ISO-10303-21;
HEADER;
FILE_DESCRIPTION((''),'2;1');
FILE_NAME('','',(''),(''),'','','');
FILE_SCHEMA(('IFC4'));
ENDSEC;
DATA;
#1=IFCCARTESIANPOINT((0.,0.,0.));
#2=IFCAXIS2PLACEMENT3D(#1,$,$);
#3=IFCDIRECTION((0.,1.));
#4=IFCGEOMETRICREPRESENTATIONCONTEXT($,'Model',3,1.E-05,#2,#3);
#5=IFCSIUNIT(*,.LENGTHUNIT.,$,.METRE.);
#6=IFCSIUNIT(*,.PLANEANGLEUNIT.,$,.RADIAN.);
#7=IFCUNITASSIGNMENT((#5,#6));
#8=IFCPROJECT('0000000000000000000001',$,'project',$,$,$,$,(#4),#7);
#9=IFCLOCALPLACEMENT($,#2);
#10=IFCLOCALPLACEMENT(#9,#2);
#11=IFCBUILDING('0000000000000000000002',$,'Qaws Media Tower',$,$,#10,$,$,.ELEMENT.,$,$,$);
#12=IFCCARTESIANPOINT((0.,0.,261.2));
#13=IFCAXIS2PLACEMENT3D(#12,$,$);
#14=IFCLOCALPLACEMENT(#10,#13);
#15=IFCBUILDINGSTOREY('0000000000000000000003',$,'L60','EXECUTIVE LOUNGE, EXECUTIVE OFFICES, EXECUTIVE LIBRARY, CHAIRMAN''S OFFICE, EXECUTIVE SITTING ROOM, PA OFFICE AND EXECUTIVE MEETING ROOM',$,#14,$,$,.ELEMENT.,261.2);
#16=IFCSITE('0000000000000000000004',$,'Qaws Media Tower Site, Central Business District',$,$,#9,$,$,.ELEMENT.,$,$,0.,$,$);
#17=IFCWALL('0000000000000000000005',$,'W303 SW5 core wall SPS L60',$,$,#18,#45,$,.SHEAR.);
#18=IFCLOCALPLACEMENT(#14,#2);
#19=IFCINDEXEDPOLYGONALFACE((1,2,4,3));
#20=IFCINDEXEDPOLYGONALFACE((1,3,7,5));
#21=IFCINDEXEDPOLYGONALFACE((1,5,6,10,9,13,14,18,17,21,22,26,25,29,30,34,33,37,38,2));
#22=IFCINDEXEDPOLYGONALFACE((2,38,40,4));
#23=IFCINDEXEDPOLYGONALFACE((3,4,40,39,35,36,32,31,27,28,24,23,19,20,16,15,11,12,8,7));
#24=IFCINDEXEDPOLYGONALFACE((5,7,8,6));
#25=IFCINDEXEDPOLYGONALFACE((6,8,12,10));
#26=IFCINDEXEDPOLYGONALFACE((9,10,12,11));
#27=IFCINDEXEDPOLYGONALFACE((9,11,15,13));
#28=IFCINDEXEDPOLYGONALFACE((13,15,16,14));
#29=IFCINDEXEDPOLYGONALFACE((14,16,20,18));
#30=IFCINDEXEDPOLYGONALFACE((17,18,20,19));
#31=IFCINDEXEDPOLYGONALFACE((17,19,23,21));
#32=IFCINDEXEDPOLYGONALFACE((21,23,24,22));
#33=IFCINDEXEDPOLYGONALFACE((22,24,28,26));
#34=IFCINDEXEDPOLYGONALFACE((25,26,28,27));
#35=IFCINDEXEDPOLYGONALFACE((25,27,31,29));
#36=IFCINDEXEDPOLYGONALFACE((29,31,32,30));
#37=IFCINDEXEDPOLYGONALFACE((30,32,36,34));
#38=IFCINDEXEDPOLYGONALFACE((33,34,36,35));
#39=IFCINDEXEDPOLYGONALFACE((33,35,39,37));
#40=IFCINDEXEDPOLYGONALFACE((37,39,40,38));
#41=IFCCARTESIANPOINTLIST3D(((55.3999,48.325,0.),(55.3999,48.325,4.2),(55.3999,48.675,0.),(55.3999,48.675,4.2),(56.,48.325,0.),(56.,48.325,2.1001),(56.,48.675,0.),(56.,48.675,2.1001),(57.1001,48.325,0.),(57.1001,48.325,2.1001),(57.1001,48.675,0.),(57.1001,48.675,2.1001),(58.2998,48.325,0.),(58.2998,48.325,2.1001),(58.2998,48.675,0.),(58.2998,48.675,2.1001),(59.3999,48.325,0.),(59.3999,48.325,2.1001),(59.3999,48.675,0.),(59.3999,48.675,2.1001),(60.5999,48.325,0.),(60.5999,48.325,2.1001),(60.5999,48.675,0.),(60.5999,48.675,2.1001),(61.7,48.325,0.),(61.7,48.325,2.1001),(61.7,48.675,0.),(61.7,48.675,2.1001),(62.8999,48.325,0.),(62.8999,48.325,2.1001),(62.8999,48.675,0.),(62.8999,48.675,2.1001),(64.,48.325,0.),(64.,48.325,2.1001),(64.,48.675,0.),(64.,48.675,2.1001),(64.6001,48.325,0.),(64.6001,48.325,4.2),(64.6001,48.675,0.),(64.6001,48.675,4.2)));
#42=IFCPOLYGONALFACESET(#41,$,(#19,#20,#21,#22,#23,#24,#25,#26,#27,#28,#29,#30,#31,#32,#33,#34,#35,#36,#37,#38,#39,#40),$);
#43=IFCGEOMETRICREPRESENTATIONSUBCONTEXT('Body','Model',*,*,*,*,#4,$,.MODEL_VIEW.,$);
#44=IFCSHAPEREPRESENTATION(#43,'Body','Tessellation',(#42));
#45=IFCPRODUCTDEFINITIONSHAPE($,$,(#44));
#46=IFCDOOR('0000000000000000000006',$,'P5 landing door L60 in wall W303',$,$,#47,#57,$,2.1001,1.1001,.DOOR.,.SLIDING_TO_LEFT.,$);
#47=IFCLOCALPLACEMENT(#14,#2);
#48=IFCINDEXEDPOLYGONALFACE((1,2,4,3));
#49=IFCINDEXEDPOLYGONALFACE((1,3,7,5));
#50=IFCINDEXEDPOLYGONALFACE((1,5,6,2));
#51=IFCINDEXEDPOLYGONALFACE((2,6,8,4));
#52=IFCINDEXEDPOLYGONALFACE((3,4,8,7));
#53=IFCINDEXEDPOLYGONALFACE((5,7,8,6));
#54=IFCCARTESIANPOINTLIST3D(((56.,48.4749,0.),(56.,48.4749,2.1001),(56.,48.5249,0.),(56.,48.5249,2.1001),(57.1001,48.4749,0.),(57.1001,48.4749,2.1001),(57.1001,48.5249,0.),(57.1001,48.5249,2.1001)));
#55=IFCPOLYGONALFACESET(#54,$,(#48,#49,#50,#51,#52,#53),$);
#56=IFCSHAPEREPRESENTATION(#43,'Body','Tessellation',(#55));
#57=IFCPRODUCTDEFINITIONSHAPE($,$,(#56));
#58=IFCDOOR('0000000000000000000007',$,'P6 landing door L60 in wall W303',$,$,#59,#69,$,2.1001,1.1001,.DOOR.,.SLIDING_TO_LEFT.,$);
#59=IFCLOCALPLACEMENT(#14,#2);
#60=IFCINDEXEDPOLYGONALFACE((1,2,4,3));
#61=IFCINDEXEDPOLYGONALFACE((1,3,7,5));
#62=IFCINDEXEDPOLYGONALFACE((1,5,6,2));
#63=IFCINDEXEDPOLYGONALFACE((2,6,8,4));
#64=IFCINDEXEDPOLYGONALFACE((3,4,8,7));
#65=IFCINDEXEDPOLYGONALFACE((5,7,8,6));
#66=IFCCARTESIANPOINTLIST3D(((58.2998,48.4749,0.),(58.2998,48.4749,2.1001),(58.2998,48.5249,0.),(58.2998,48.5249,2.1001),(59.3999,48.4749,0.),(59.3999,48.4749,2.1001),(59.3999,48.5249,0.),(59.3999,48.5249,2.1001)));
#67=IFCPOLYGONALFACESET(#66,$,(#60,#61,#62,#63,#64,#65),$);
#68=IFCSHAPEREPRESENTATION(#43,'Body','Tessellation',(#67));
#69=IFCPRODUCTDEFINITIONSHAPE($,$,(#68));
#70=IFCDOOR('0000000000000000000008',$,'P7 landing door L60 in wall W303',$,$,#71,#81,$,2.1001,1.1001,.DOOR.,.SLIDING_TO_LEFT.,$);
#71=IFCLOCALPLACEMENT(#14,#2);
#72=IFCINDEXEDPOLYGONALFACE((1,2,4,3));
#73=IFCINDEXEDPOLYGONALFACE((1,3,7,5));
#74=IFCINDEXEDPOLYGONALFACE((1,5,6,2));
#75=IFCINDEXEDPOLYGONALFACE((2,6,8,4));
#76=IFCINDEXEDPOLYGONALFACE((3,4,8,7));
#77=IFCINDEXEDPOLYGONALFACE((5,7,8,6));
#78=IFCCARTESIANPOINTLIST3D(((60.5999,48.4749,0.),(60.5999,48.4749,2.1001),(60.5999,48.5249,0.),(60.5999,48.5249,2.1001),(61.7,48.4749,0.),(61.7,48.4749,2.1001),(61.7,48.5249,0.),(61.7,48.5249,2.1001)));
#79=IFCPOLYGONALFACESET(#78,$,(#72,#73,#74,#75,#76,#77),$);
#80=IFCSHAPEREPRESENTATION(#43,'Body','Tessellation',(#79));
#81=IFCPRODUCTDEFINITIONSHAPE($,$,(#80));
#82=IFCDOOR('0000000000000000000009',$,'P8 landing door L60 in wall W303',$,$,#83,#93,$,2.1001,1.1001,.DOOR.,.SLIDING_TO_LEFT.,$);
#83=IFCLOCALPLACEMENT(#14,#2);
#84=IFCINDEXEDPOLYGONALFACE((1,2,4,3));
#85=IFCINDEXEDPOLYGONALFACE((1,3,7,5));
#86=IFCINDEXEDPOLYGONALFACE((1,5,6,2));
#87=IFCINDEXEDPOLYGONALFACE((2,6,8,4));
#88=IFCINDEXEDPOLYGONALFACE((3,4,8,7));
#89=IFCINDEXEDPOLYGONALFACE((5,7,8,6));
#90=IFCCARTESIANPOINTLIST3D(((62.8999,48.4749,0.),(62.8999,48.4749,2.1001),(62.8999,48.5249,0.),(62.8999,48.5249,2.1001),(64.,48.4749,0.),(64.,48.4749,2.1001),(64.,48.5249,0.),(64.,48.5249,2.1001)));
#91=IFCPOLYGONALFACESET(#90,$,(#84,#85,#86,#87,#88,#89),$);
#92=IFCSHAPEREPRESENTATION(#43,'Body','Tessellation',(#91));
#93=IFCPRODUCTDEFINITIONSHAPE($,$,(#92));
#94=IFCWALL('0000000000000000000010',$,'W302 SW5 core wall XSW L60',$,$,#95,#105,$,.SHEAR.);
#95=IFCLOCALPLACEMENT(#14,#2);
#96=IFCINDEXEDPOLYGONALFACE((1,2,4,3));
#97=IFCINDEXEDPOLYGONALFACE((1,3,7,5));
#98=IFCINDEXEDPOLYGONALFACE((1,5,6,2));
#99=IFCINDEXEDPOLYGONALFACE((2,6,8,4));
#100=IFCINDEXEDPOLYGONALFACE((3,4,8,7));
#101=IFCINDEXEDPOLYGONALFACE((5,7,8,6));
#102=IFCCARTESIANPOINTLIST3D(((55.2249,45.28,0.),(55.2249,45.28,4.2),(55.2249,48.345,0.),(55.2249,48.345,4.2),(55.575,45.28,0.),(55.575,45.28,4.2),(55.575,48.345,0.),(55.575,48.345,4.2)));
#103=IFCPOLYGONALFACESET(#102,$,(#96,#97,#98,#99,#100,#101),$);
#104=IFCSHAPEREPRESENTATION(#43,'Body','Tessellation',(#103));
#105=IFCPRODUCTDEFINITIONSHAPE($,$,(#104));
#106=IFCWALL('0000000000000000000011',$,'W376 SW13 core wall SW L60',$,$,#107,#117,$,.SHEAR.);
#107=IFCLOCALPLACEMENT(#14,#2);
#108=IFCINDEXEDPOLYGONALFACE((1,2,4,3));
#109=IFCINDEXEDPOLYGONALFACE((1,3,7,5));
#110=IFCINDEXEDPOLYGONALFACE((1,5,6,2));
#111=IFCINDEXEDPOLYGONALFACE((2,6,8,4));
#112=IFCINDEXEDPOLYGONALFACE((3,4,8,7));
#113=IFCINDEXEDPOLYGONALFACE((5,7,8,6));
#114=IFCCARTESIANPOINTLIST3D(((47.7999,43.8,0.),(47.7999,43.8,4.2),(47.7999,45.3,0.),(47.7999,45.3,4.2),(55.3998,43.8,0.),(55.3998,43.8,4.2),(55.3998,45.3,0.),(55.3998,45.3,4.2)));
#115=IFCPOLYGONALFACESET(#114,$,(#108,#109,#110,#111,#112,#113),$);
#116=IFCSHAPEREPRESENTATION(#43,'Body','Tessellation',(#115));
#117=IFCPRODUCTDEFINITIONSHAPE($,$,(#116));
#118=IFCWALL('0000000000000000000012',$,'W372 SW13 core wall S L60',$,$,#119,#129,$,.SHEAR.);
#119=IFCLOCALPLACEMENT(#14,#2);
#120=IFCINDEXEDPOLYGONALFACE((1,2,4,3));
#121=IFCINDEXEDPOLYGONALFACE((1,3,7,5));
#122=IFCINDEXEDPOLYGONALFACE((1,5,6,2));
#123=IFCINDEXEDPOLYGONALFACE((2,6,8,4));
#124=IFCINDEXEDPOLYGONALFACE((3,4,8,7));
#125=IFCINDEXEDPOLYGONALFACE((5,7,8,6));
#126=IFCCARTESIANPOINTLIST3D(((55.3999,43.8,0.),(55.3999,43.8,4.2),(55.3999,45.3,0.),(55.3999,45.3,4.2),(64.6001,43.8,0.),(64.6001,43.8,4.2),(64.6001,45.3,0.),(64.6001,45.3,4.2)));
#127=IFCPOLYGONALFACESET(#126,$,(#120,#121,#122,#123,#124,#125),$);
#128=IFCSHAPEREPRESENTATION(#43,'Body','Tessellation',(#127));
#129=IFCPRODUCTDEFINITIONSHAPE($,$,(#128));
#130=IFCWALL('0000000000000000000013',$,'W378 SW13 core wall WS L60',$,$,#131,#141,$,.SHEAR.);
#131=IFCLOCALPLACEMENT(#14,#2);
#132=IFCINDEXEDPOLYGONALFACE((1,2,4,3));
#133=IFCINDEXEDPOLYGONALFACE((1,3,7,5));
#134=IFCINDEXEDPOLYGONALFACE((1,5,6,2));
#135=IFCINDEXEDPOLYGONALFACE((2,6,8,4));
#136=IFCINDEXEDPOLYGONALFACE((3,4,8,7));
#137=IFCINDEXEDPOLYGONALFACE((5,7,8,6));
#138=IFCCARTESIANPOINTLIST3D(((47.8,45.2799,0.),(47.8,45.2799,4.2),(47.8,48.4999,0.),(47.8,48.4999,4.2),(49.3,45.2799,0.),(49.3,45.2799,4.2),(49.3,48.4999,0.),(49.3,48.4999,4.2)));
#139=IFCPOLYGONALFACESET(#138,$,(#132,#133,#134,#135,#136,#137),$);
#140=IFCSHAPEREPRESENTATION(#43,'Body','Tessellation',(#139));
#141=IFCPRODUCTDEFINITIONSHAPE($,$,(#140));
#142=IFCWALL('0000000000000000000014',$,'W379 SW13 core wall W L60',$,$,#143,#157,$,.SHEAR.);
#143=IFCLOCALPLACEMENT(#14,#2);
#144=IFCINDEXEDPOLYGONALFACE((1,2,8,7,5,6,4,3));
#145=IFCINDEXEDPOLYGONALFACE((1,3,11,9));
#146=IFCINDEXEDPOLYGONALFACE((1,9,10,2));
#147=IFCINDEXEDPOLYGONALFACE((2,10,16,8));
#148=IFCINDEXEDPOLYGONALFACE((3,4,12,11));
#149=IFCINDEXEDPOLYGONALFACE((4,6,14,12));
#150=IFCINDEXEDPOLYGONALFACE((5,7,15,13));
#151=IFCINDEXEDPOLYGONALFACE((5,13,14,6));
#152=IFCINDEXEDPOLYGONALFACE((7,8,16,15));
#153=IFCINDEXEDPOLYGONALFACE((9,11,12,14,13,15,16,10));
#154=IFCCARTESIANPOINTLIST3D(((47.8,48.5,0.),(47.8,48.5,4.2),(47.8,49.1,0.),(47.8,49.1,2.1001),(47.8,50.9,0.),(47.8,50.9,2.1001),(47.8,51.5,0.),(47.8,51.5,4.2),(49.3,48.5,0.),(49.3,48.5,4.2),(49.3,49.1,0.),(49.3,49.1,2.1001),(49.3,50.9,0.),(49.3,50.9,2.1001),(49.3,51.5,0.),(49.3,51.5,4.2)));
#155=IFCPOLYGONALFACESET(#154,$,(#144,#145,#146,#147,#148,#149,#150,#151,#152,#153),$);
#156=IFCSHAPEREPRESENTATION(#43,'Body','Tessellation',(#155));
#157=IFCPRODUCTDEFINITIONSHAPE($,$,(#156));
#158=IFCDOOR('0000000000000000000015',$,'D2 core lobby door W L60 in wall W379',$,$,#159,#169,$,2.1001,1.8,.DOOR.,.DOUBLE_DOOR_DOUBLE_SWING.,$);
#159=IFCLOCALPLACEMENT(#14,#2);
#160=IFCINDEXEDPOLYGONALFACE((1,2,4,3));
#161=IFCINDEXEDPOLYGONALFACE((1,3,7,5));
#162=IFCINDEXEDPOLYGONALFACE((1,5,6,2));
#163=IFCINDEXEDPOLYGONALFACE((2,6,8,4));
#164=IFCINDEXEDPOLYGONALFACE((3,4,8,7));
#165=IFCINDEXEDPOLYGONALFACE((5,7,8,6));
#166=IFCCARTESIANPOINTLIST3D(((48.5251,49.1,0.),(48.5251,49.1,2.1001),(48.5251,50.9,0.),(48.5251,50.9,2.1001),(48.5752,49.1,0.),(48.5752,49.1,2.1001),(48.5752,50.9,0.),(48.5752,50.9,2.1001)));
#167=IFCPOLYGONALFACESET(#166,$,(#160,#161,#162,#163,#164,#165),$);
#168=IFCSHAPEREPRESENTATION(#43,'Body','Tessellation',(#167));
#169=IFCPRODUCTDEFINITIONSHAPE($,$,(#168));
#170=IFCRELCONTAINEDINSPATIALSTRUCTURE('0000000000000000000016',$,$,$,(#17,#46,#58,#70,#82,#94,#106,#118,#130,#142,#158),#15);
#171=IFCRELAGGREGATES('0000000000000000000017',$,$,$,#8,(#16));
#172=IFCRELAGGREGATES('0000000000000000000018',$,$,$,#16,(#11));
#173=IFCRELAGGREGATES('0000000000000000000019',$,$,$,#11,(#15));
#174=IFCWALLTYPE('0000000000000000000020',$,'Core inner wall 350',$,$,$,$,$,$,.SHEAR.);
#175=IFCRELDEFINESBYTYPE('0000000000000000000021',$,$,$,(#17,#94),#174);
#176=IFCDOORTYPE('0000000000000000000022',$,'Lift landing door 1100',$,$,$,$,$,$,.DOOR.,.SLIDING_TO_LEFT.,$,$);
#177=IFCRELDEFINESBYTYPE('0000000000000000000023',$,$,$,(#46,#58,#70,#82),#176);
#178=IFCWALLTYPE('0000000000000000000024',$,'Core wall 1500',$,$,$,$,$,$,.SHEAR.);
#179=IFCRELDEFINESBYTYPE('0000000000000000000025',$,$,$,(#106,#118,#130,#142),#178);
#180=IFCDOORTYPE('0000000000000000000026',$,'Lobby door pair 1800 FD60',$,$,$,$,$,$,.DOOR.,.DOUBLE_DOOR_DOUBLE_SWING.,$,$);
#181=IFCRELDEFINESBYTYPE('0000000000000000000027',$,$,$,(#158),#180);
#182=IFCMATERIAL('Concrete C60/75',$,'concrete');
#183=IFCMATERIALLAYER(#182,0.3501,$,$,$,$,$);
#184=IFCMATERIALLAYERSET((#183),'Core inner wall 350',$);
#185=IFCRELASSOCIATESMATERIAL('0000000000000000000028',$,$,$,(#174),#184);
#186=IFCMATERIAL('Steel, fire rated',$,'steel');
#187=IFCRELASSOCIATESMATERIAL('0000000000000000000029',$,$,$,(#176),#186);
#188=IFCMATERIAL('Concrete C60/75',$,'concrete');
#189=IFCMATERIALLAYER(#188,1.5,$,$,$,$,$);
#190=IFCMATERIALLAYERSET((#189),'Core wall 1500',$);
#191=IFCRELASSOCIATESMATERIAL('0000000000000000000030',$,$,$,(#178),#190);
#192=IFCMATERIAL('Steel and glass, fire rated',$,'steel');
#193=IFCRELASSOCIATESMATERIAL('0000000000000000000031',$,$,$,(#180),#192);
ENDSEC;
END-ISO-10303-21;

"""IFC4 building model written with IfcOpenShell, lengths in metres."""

from ifc_helpers import new_model, si_unit, direction, frame, frame_2d, origin, place, context, subcontext, project, spatial, rectangle, extrude, material, layer, layer_set, type_object, element, fill, save


model = new_model("IFC4")

# Units and contexts
model_context = context("Model", 3, precision=1e-05, world=origin(), true_north=direction((0.0, 1.0)))
body_context = subcontext(model_context, "Body", "Model", "MODEL_VIEW")
ifc_project = project(units=[si_unit("LENGTHUNIT", "METRE"), si_unit("PLANEANGLEUNIT", "RADIAN")], contexts=[model_context])

# Site, building, storey
site_placement = place(None, origin())
site = spatial("IfcSite", under=ifc_project, at=site_placement, Name="Qaws Media Tower Site, Central Business District", CompositionType="ELEMENT", RefElevation=0.0)
building_placement = place(site_placement, origin())
building = spatial("IfcBuilding", under=site, at=building_placement, Name="Qaws Media Tower", CompositionType="ELEMENT")
storey_placement = place(building_placement, frame((0.0, 0.0, 261.2)))
storey = spatial("IfcBuildingStorey", under=building, at=storey_placement, Name="L60", Description="EXECUTIVE LOUNGE, EXECUTIVE OFFICES, EXECUTIVE LIBRARY, CHAIRMAN'S OFFICE, EXECUTIVE SITTING ROOM, PA OFFICE AND EXECUTIVE MEETING ROOM", CompositionType="ELEMENT", Elevation=261.2)

# Shared definitions
ifc_material_1 = material(Name="Concrete C60/75", Category="concrete")
ifc_layer_1 = layer(ifc_material_1, 0.3501)
ifc_layer_set_1 = layer_set([ifc_layer_1], Name="Core inner wall 350")
wall_type_1 = type_object("IfcWallType", Name="Core inner wall 350", PredefinedType="SHEAR", material=ifc_layer_set_1)

# Wall, openings, doors
wall_1_placement = place(storey_placement, frame((55.3999, 48.5, 0.0), z_axis=(0.0, 0.0, 1.0), x_axis=(1.0, 0.0, 0.0)))
wall_1 = element("IfcWall", 1, at=wall_1_placement, inside=storey, type_object=wall_type_1, Name="W303 SW5 core wall SPS L60", PredefinedType="SHEAR", context=body_context, shape_type="SweptSolid", body=[
    extrude(rectangle(XDim=9.2002, YDim=0.3501, at=frame_2d((4.6001, 0.0))), origin(), (0.0, 0.0, 1.0), 4.2),
])
opening_1_placement = place(wall_1_placement, frame((0.6001, 0.0, 0.0)))
opening_1 = element("IfcOpeningElement", 2, at=opening_1_placement, cuts=wall_1, PredefinedType="OPENING", context=body_context, shape_type="SweptSolid", body=[
    extrude(rectangle(XDim=1.1001, YDim=2.1001, at=frame_2d((0.55, 1.05))), frame((0.0, 0.1851, 0.0), z_axis=(0.0, -1.0, 0.0), x_axis=(1.0, 0.0, 0.0)), (0.0, 0.0, 1.0), 0.3701),
])
opening_2_placement = place(wall_1_placement, frame((2.8999, 0.0, 0.0)))
opening_2 = element("IfcOpeningElement", 3, at=opening_2_placement, cuts=wall_1, PredefinedType="OPENING", context=body_context, shape_type="SweptSolid", body=[
    extrude(rectangle(XDim=1.1001, YDim=2.1001, at=frame_2d((0.55, 1.05))), frame((0.0, 0.1851, 0.0), z_axis=(0.0, -1.0, 0.0), x_axis=(1.0, 0.0, 0.0)), (0.0, 0.0, 1.0), 0.3701),
])
opening_3_placement = place(wall_1_placement, frame((5.2, 0.0, 0.0)))
opening_3 = element("IfcOpeningElement", 4, at=opening_3_placement, cuts=wall_1, PredefinedType="OPENING", context=body_context, shape_type="SweptSolid", body=[
    extrude(rectangle(XDim=1.1001, YDim=2.1001, at=frame_2d((0.55, 1.05))), frame((0.0, 0.1851, 0.0), z_axis=(0.0, -1.0, 0.0), x_axis=(1.0, 0.0, 0.0)), (0.0, 0.0, 1.0), 0.3701),
])
opening_4_placement = place(wall_1_placement, frame((7.5, 0.0, 0.0)))
opening_4 = element("IfcOpeningElement", 5, at=opening_4_placement, cuts=wall_1, PredefinedType="OPENING", context=body_context, shape_type="SweptSolid", body=[
    extrude(rectangle(XDim=1.1001, YDim=2.1001, at=frame_2d((0.55, 1.05))), frame((0.0, 0.1851, 0.0), z_axis=(0.0, -1.0, 0.0), x_axis=(1.0, 0.0, 0.0)), (0.0, 0.0, 1.0), 0.3701),
])
ifc_material_2 = material(Name="Steel, fire rated", Category="steel")
door_type_1 = type_object("IfcDoorType", Name="Lift landing door 1100", OperationType="SLIDING_TO_LEFT", PredefinedType="DOOR", material=ifc_material_2)
door_1_placement = place(opening_1_placement, origin())
door_1 = element("IfcDoor", 6, at=door_1_placement, inside=storey, type_object=door_type_1, Name="P5 landing door L60 in wall W303", OperationType="SLIDING_TO_LEFT", OverallHeight=2.1001, OverallWidth=1.1001, PredefinedType="DOOR", context=body_context, shape_type="SweptSolid", body=[
    extrude(rectangle(XDim=1.1001, YDim=2.1001, at=frame_2d((0.55, 1.05))), frame((0.0, 0.0249, 0.0), z_axis=(0.0, -1.0, 0.0), x_axis=(1.0, 0.0, 0.0)), (0.0, 0.0, 1.0), 0.05),
])
fill(opening_1, door_1)
door_2_placement = place(opening_2_placement, origin())
door_2 = element("IfcDoor", 7, at=door_2_placement, inside=storey, type_object=door_type_1, Name="P6 landing door L60 in wall W303", OperationType="SLIDING_TO_LEFT", OverallHeight=2.1001, OverallWidth=1.1001, PredefinedType="DOOR", context=body_context, shape_type="SweptSolid", body=[
    extrude(rectangle(XDim=1.1001, YDim=2.1001, at=frame_2d((0.55, 1.05))), frame((0.0, 0.0249, 0.0), z_axis=(0.0, -1.0, 0.0), x_axis=(1.0, 0.0, 0.0)), (0.0, 0.0, 1.0), 0.05),
])
fill(opening_2, door_2)
door_3_placement = place(opening_3_placement, origin())
door_3 = element("IfcDoor", 8, at=door_3_placement, inside=storey, type_object=door_type_1, Name="P7 landing door L60 in wall W303", OperationType="SLIDING_TO_LEFT", OverallHeight=2.1001, OverallWidth=1.1001, PredefinedType="DOOR", context=body_context, shape_type="SweptSolid", body=[
    extrude(rectangle(XDim=1.1001, YDim=2.1001, at=frame_2d((0.55, 1.05))), frame((0.0, 0.0249, 0.0), z_axis=(0.0, -1.0, 0.0), x_axis=(1.0, 0.0, 0.0)), (0.0, 0.0, 1.0), 0.05),
])
fill(opening_3, door_3)
door_4_placement = place(opening_4_placement, origin())
door_4 = element("IfcDoor", 9, at=door_4_placement, inside=storey, type_object=door_type_1, Name="P8 landing door L60 in wall W303", OperationType="SLIDING_TO_LEFT", OverallHeight=2.1001, OverallWidth=1.1001, PredefinedType="DOOR", context=body_context, shape_type="SweptSolid", body=[
    extrude(rectangle(XDim=1.1001, YDim=2.1001, at=frame_2d((0.55, 1.05))), frame((0.0, 0.0249, 0.0), z_axis=(0.0, -1.0, 0.0), x_axis=(1.0, 0.0, 0.0)), (0.0, 0.0, 1.0), 0.05),
])
fill(opening_4, door_4)

# Walls
wall_2_placement = place(storey_placement, frame((55.3999, 48.345, 0.0), z_axis=(0.0, 0.0, 1.0), x_axis=(0.0, -1.0, 0.0)))
element("IfcWall", 10, at=wall_2_placement, inside=storey, type_object=wall_type_1, Name="W302 SW5 core wall XSW L60", PredefinedType="SHEAR", context=body_context, shape_type="SweptSolid", body=[
    extrude(rectangle(XDim=3.0649, YDim=0.3501, at=frame_2d((1.5325, 0.0))), origin(), (0.0, 0.0, 1.0), 4.2),
])
ifc_material_3 = material(Name="Concrete C60/75", Category="concrete")
ifc_layer_2 = layer(ifc_material_3, 1.5)
ifc_layer_set_2 = layer_set([ifc_layer_2], Name="Core wall 1500")
wall_type_2 = type_object("IfcWallType", Name="Core wall 1500", PredefinedType="SHEAR", material=ifc_layer_set_2)
wall_3_placement = place(storey_placement, frame((47.8, 44.55, 0.0), z_axis=(0.0, 0.0, 1.0), x_axis=(1.0, 0.0, 0.0)))
element("IfcWall", 11, at=wall_3_placement, inside=storey, type_object=wall_type_2, Name="W376 SW13 core wall SW L60", PredefinedType="SHEAR", context=body_context, shape_type="SweptSolid", body=[
    extrude(rectangle(XDim=7.5999, YDim=1.5, at=frame_2d((3.7998, 0.0))), origin(), (0.0, 0.0, 1.0), 4.2),
])
wall_4_placement = place(storey_placement, frame((55.3999, 44.55, 0.0), z_axis=(0.0, 0.0, 1.0), x_axis=(1.0, 0.0, 0.0)))
element("IfcWall", 12, at=wall_4_placement, inside=storey, type_object=wall_type_2, Name="W372 SW13 core wall S L60", PredefinedType="SHEAR", context=body_context, shape_type="SweptSolid", body=[
    extrude(rectangle(XDim=9.2002, YDim=1.5, at=frame_2d((4.6001, 0.0))), origin(), (0.0, 0.0, 1.0), 4.2),
])
wall_5_placement = place(storey_placement, frame((48.55, 45.28, 0.0), z_axis=(0.0, 0.0, 1.0), x_axis=(0.0, 1.0, 0.0)))
element("IfcWall", 13, at=wall_5_placement, inside=storey, type_object=wall_type_2, Name="W378 SW13 core wall WS L60", PredefinedType="SHEAR", context=body_context, shape_type="SweptSolid", body=[
    extrude(rectangle(XDim=3.22, YDim=1.5, at=frame_2d((1.6099, 0.0))), origin(), (0.0, 0.0, 1.0), 4.2),
])

# Wall, opening, door
wall_6_placement = place(storey_placement, frame((48.55, 48.5, 0.0), z_axis=(0.0, 0.0, 1.0), x_axis=(0.0, 1.0, 0.0)))
wall_6 = element("IfcWall", 14, at=wall_6_placement, inside=storey, type_object=wall_type_2, Name="W379 SW13 core wall W L60", PredefinedType="SHEAR", context=body_context, shape_type="SweptSolid", body=[
    extrude(rectangle(XDim=3.0, YDim=1.5, at=frame_2d((1.5, 0.0))), origin(), (0.0, 0.0, 1.0), 4.2),
])
opening_5_placement = place(wall_6_placement, frame((0.6001, 0.0, 0.0)))
opening_5 = element("IfcOpeningElement", 15, at=opening_5_placement, cuts=wall_6, PredefinedType="OPENING", context=body_context, shape_type="SweptSolid", body=[
    extrude(rectangle(XDim=1.8, YDim=2.1001, at=frame_2d((0.8999, 1.05))), frame((0.0, 0.76, 0.0), z_axis=(0.0, -1.0, 0.0), x_axis=(1.0, 0.0, 0.0)), (0.0, 0.0, 1.0), 1.52),
])
ifc_material_4 = material(Name="Steel and glass, fire rated", Category="steel")
door_type_2 = type_object("IfcDoorType", Name="Lobby door pair 1800 FD60", OperationType="DOUBLE_DOOR_DOUBLE_SWING", PredefinedType="DOOR", material=ifc_material_4)
door_5_placement = place(opening_5_placement, origin())
door_5 = element("IfcDoor", 16, at=door_5_placement, inside=storey, type_object=door_type_2, Name="D2 core lobby door W L60 in wall W379", OperationType="DOUBLE_DOOR_DOUBLE_SWING", OverallHeight=2.1001, OverallWidth=1.8, PredefinedType="DOOR", context=body_context, shape_type="SweptSolid", body=[
    extrude(rectangle(XDim=1.8, YDim=2.1001, at=frame_2d((0.8999, 1.05))), frame((0.0, 0.0249, 0.0), z_axis=(0.0, -1.0, 0.0), x_axis=(1.0, 0.0, 0.0)), (0.0, 0.0, 1.0), 0.05),
])
fill(opening_5, door_5)

save(model, "model.ifc")
